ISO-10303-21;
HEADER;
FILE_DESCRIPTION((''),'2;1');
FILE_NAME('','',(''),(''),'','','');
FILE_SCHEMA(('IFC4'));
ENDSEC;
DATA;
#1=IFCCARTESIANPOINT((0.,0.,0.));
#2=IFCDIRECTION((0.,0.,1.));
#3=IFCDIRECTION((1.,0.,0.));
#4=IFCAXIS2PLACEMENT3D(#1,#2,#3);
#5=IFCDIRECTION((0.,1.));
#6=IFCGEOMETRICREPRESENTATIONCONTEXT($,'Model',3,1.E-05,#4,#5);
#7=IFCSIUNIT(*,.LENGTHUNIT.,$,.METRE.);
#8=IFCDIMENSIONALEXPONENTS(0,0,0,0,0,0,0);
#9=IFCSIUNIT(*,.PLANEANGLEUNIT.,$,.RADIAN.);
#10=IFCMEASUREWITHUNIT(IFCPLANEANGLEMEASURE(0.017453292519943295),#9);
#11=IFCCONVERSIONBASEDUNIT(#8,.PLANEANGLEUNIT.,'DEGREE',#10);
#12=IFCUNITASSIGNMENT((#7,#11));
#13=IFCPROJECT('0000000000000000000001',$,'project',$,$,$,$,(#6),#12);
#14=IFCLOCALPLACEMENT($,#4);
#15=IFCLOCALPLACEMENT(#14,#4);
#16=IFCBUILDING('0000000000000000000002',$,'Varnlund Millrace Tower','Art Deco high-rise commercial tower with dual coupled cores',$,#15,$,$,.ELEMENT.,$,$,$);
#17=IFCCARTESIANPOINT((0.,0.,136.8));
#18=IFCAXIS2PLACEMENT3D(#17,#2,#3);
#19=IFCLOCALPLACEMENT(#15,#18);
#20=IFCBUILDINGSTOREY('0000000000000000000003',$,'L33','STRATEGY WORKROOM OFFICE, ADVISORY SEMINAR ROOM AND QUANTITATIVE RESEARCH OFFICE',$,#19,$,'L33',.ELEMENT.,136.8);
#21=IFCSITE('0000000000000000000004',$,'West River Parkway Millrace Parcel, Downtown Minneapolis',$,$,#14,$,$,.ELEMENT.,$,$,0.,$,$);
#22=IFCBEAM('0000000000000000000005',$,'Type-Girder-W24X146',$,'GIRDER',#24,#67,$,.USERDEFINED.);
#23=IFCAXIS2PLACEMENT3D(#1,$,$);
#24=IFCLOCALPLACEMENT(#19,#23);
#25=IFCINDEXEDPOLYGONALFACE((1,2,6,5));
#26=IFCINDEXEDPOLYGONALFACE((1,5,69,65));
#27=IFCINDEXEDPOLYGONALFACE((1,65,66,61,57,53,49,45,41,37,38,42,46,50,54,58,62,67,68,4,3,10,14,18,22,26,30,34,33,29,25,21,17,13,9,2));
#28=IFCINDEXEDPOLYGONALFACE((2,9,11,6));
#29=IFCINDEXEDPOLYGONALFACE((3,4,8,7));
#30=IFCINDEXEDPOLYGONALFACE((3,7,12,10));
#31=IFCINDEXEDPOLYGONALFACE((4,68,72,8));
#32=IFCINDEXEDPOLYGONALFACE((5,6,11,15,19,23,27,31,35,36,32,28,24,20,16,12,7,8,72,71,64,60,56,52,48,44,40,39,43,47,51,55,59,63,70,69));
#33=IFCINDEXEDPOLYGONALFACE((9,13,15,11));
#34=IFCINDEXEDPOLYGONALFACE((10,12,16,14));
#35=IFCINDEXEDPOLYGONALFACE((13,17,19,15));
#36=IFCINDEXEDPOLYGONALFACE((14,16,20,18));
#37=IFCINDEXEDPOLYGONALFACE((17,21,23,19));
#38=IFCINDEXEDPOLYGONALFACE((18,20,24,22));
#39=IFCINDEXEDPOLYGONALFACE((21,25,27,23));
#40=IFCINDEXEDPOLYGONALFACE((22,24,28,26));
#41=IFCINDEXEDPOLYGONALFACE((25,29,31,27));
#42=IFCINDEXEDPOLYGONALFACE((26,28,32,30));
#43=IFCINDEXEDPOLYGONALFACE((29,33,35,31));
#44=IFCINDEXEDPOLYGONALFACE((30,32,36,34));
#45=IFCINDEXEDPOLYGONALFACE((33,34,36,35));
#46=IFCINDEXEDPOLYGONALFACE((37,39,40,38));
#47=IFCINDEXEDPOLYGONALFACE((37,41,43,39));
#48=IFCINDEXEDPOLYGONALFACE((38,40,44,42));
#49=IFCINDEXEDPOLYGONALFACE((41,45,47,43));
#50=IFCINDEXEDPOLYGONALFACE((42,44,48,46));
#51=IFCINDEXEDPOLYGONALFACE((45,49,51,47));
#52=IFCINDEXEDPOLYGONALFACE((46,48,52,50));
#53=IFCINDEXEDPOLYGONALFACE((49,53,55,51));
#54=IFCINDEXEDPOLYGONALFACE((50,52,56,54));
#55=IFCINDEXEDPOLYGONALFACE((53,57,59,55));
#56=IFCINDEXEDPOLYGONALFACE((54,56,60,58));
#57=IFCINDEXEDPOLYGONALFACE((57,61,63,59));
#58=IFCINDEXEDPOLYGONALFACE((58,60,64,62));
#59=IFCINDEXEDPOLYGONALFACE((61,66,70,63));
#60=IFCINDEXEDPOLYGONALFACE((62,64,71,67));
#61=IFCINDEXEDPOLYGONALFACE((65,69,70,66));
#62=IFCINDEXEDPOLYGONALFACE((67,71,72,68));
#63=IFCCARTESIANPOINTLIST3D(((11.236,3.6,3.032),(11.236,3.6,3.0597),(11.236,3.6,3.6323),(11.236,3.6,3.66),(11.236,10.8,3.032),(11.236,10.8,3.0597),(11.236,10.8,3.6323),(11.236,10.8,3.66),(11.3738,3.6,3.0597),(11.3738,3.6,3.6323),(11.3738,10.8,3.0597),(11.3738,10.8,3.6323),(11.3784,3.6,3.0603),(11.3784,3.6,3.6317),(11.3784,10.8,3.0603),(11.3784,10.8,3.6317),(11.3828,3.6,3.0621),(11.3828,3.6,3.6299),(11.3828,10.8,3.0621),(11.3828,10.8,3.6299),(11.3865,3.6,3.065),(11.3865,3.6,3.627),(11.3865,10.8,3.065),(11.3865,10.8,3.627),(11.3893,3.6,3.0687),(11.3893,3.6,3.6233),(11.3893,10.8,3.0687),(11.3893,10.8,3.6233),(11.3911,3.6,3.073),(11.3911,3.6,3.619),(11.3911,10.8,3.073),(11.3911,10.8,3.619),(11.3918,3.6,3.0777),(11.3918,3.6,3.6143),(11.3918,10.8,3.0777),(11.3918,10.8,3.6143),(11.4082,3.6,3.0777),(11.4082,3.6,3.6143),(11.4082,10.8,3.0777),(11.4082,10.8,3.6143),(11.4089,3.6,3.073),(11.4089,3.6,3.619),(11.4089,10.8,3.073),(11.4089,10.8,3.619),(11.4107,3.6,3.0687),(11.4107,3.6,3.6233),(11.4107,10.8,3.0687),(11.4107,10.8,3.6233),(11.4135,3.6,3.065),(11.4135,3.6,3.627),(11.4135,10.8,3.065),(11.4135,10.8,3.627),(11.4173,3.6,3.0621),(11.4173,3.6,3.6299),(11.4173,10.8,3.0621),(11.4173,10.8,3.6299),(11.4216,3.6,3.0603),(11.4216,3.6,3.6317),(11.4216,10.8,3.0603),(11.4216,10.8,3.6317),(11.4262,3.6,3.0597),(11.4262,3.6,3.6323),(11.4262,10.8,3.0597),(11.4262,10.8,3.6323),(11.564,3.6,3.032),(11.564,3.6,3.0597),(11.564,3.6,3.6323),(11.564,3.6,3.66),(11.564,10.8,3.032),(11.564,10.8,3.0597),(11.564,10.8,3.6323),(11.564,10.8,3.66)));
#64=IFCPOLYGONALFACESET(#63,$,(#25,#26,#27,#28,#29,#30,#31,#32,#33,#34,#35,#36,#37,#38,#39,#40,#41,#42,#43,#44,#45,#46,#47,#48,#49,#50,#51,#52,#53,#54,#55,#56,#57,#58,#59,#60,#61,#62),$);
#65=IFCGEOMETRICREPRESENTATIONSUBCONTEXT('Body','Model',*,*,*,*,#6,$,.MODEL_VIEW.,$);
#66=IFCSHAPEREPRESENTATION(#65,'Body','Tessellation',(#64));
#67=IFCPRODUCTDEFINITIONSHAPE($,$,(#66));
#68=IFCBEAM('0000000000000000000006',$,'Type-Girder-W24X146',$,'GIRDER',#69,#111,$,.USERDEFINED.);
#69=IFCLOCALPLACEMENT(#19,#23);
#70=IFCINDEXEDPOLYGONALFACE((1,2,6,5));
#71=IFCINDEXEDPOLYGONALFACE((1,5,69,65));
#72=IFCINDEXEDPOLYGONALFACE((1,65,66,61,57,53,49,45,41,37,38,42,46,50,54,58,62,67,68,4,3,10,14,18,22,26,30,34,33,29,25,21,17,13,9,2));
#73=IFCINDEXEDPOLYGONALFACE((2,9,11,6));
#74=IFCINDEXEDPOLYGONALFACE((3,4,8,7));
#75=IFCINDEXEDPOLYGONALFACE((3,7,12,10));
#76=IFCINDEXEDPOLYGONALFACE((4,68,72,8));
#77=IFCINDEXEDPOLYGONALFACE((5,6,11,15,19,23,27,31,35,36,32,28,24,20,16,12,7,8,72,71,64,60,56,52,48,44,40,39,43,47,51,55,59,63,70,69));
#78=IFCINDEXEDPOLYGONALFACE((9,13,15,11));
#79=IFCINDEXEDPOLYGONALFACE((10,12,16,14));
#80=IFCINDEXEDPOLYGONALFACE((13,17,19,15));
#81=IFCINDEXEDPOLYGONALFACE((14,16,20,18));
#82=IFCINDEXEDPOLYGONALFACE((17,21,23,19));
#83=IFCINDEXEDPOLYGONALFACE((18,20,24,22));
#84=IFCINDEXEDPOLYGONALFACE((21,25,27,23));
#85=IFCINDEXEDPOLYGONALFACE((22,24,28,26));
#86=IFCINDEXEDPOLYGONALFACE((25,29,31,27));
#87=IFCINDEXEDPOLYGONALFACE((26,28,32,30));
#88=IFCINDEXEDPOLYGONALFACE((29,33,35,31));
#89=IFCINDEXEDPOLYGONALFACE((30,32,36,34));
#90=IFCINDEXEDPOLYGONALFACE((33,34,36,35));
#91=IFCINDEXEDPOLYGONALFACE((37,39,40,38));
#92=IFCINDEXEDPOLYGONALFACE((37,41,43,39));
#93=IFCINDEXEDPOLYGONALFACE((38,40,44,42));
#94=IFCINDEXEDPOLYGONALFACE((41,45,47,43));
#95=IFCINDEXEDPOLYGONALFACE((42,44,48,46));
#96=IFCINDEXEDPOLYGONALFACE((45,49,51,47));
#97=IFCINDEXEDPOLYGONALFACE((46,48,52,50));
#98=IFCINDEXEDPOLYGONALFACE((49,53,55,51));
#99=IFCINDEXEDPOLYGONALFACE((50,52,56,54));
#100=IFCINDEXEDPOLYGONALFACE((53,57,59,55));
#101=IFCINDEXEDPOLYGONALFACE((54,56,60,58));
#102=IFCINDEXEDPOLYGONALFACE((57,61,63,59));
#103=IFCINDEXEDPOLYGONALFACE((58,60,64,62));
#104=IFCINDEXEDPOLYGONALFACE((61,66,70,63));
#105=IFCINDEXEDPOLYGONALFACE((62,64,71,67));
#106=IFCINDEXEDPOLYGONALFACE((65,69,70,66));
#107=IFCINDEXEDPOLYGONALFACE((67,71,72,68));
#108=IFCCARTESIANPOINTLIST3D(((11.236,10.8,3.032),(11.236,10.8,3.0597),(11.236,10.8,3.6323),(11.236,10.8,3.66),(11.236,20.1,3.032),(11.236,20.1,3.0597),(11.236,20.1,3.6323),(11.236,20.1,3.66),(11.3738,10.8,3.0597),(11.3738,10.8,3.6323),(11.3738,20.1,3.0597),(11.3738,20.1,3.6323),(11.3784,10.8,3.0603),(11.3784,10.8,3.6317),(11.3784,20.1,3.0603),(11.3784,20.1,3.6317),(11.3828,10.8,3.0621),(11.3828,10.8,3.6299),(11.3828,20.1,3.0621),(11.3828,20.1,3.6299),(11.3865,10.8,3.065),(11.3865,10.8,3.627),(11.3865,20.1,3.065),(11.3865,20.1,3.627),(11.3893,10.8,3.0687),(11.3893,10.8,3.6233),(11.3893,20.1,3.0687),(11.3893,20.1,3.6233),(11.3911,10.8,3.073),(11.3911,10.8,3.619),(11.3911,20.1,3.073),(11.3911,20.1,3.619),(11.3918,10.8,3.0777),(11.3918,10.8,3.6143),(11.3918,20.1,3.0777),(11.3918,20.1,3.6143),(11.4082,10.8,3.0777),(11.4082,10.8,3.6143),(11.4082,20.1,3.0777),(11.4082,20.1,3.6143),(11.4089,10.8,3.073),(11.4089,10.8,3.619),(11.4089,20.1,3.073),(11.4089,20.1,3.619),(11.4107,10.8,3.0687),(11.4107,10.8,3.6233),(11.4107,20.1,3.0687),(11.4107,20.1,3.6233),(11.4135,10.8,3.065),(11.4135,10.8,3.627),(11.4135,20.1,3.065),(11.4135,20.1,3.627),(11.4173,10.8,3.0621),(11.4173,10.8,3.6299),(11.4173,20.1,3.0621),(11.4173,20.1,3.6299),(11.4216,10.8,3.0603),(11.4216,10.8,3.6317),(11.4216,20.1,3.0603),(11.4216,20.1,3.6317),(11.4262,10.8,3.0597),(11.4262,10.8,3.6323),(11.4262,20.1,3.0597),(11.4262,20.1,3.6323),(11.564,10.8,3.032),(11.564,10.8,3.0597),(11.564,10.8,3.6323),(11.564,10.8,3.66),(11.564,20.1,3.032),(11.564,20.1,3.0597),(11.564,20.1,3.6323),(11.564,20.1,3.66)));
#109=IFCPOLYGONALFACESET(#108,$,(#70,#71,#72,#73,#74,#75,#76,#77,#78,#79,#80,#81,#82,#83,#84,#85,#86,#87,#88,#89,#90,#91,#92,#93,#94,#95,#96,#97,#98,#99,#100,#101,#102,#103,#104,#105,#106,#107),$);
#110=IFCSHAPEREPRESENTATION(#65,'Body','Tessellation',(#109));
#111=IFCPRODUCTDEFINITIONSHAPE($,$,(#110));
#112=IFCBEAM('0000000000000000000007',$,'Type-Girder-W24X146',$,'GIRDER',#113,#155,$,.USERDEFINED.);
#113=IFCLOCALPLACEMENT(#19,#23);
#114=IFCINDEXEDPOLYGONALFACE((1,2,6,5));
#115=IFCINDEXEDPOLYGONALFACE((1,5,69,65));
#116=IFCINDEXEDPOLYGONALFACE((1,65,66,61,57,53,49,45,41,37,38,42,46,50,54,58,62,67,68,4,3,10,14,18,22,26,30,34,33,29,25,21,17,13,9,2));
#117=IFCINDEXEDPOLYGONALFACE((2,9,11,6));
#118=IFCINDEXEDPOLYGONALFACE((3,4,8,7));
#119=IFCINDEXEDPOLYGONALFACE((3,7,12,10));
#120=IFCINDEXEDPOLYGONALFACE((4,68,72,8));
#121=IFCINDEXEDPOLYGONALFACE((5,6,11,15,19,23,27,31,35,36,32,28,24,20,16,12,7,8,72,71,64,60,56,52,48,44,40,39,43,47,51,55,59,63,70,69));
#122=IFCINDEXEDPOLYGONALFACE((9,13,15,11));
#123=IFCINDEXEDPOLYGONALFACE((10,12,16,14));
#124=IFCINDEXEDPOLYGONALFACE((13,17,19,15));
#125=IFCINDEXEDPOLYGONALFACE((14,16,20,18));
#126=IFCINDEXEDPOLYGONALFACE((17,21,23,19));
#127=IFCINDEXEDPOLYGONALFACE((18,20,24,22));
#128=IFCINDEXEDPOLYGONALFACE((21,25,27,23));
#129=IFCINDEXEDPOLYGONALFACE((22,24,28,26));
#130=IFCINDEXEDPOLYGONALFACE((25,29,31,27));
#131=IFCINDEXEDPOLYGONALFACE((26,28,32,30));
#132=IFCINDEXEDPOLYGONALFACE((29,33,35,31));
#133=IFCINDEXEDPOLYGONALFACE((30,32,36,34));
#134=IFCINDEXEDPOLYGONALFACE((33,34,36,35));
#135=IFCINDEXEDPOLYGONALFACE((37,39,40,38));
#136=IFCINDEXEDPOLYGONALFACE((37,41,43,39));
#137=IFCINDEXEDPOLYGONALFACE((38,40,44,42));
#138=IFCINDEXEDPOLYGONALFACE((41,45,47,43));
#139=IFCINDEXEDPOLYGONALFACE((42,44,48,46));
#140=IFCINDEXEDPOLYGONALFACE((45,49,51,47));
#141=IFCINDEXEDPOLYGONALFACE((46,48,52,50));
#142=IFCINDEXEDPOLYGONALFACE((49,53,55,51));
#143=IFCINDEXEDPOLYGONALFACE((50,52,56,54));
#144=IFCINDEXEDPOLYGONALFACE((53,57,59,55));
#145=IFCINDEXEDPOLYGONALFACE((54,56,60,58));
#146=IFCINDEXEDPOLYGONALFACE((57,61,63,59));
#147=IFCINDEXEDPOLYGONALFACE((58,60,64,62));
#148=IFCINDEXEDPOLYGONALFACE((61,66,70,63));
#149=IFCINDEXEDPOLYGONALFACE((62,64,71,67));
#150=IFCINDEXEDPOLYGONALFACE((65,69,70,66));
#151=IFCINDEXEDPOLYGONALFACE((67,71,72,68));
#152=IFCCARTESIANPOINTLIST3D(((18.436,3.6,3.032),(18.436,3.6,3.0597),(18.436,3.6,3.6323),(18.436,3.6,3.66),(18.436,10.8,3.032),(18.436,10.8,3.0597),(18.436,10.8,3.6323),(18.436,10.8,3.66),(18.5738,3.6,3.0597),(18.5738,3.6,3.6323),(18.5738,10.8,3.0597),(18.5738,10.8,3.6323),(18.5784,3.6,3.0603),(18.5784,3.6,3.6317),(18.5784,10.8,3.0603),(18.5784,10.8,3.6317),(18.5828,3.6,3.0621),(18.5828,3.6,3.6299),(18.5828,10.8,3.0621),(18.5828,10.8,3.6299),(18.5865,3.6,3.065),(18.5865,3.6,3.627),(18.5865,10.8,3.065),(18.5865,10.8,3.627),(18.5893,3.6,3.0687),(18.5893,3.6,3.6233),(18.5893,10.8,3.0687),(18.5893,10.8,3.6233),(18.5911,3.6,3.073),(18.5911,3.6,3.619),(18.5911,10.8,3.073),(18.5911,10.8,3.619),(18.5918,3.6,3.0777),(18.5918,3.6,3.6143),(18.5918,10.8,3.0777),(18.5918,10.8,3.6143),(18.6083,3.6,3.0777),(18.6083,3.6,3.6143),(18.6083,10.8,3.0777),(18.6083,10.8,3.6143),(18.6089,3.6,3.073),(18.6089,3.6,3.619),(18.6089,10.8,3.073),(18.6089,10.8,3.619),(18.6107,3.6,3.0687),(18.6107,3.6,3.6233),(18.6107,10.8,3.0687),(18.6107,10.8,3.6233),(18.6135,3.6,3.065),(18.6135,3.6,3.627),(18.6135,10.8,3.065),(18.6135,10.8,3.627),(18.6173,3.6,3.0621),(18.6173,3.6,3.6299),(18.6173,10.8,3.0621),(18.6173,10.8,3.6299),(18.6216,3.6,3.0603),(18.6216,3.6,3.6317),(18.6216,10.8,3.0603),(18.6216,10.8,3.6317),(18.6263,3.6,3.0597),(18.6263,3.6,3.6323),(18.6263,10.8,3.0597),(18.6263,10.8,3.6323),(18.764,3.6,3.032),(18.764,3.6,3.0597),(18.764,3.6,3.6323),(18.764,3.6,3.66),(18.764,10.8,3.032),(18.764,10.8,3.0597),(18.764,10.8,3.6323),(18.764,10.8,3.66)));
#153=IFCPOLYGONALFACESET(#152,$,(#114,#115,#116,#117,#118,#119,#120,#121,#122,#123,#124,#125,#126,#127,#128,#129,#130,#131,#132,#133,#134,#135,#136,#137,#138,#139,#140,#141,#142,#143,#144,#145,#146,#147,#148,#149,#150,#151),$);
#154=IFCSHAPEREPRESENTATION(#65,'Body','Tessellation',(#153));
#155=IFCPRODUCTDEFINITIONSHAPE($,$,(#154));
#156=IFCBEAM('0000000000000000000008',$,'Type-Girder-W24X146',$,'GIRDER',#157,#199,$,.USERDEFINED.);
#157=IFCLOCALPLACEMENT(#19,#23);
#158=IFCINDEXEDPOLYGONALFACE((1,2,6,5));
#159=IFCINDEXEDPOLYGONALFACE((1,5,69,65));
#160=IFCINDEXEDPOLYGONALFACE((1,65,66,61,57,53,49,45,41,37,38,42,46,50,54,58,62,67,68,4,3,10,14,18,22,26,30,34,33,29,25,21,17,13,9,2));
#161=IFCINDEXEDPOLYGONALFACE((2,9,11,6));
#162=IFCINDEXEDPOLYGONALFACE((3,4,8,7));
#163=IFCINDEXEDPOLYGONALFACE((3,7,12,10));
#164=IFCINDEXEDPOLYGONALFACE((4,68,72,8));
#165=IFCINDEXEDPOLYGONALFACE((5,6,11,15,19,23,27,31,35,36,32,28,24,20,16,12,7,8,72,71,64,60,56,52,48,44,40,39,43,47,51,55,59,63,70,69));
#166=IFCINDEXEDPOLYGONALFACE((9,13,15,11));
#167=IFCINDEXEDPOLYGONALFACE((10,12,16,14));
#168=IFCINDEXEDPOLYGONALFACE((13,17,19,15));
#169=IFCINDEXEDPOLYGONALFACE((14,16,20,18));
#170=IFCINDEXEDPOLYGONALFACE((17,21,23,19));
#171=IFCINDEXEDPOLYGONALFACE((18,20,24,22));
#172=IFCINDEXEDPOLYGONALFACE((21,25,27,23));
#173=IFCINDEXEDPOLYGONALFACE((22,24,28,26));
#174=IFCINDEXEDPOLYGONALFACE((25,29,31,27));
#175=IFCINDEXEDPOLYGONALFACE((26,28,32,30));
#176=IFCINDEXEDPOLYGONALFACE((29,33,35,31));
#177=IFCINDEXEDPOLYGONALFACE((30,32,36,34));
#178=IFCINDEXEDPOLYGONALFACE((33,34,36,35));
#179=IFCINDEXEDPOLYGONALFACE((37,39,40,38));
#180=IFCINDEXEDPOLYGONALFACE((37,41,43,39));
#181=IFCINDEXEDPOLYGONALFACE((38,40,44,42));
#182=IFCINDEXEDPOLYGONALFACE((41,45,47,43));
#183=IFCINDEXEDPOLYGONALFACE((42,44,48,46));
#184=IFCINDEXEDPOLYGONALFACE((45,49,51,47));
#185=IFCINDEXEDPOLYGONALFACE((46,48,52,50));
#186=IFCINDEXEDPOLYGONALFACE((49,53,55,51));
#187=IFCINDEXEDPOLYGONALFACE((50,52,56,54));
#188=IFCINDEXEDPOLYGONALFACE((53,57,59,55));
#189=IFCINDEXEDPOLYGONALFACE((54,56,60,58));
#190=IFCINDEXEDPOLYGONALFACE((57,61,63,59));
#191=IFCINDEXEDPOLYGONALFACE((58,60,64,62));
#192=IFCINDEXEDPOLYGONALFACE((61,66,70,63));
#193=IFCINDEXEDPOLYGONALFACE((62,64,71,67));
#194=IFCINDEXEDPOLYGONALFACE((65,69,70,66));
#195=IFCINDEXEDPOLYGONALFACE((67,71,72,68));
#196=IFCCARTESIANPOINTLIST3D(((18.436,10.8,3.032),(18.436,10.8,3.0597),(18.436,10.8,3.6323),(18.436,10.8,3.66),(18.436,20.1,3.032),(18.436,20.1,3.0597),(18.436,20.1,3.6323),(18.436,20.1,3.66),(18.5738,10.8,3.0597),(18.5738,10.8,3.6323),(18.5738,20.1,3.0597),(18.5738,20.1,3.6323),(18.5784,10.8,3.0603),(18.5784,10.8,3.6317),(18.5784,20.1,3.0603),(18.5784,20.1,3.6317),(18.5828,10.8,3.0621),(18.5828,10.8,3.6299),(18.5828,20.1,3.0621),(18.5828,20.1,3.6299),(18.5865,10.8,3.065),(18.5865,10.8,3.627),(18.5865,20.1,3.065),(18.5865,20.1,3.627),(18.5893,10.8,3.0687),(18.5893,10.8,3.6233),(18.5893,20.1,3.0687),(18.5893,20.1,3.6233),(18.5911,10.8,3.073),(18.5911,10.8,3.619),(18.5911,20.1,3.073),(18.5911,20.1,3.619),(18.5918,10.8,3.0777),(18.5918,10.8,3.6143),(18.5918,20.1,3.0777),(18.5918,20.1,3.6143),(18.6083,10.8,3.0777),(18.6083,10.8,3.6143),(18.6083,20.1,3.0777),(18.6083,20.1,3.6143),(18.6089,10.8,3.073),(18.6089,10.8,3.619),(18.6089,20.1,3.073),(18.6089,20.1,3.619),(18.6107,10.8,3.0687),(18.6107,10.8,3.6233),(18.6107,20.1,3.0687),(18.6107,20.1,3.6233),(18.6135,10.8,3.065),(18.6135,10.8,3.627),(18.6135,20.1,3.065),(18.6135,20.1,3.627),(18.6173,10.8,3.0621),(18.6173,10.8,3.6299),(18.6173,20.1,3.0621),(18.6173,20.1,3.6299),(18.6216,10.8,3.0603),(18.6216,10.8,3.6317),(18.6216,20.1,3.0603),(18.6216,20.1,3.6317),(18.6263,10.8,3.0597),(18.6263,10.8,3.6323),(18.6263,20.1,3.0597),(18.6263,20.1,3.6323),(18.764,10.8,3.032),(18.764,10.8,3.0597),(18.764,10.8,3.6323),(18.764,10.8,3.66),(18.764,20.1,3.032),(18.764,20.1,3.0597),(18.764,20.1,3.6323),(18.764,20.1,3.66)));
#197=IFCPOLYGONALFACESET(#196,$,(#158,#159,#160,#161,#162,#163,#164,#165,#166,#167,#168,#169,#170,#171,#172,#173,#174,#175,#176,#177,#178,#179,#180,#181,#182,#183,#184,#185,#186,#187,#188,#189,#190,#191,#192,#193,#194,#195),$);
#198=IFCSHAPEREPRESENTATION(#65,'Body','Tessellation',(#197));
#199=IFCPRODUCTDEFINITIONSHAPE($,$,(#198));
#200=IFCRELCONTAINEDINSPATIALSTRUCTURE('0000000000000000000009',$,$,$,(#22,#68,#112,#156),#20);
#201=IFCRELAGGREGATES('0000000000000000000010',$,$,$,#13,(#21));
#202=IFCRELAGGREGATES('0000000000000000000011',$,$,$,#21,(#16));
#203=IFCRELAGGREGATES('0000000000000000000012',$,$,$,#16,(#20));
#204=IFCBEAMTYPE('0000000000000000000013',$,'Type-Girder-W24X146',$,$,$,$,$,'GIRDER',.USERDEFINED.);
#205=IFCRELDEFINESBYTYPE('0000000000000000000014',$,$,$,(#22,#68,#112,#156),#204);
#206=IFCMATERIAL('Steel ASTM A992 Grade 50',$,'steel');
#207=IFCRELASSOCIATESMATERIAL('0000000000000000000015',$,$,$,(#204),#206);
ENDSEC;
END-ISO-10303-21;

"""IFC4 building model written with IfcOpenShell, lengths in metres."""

from ifc_helpers import new_model, entity, si_unit, converted_unit, direction, frame, origin_with_axes, origin_2d_with_axis, place, context, subcontext, project, spatial, i_section, extrude, material, material_profile, profile_set, type_object, element, save


model = new_model("IFC4")

# Units and contexts
model_context = context("Model", 3, precision=1e-05, world=origin_with_axes(), true_north=direction((0.0, 1.0)))
body_context = subcontext(model_context, "Body", "Model", "MODEL_VIEW")
ifc_project = project(units=[si_unit("LENGTHUNIT", "METRE"), converted_unit("PLANEANGLEUNIT", "DEGREE", entity("IfcPlaneAngleMeasure", 0.017453292519943295), si_unit("PLANEANGLEUNIT", "RADIAN"), dimensions=[0, 0, 0, 0, 0, 0, 0])], contexts=[model_context])

# Site, building, storey
site_placement = place(None, origin_with_axes())
site = spatial("IfcSite", under=ifc_project, at=site_placement, Name="West River Parkway Millrace Parcel, Downtown Minneapolis", CompositionType="ELEMENT", RefElevation=0.0)
building_placement = place(site_placement, origin_with_axes())
building = spatial("IfcBuilding", under=site, at=building_placement, Name="Varnlund Millrace Tower", Description="Art Deco high-rise commercial tower with dual coupled cores", CompositionType="ELEMENT")
storey_placement = place(building_placement, frame((0.0, 0.0, 136.8), z_axis=(0.0, 0.0, 1.0), x_axis=(1.0, 0.0, 0.0)))
storey = spatial("IfcBuildingStorey", under=building, at=storey_placement, Name="L33", Description="STRATEGY WORKROOM OFFICE, ADVISORY SEMINAR ROOM AND QUANTITATIVE RESEARCH OFFICE", LongName="L33", CompositionType="ELEMENT", Elevation=136.8)

# Beams
ifc_material_1 = material(Name="Steel ASTM A992 Grade 50", Category="steel")
ifc_material_profile_1 = material_profile(ifc_material_1, i_section(OverallWidth=0.328, OverallDepth=0.628, WebThickness=0.0165, FlangeThickness=0.0277, FilletRadius=0.018, at=origin_2d_with_axis()), Name="Steel ASTM A992 Grade 50")
ifc_profile_set_1 = profile_set([ifc_material_profile_1], Name="Steel ASTM A992 Grade 50")
beam_type_1 = type_object("IfcBeamType", Name="Type-Girder-W24X146", ElementType="GIRDER", PredefinedType="USERDEFINED", material=ifc_profile_set_1)
beam_1_placement = place(storey_placement, frame((11.4, 3.6, 3.346), z_axis=(0.0, 1.0, 0.0), x_axis=(-1.0, 0.0, 0.0)))
element("IfcBeam", 1, at=beam_1_placement, inside=storey, type_object=beam_type_1, Name="Type-Girder-W24X146", ObjectType="GIRDER", PredefinedType="USERDEFINED", context=body_context, shape_type="SweptSolid", body=[
    extrude(i_section(OverallWidth=0.328, OverallDepth=0.628, WebThickness=0.0165, FlangeThickness=0.0277, FilletRadius=0.018, at=origin_2d_with_axis()), origin_with_axes(), (0.0, 0.0, 1.0), 7.2),
])
beam_2_placement = place(storey_placement, frame((11.4, 10.8, 3.346), z_axis=(0.0, 1.0, 0.0), x_axis=(-1.0, 0.0, 0.0)))
element("IfcBeam", 2, at=beam_2_placement, inside=storey, type_object=beam_type_1, Name="Type-Girder-W24X146", ObjectType="GIRDER", PredefinedType="USERDEFINED", context=body_context, shape_type="SweptSolid", body=[
    extrude(i_section(OverallWidth=0.328, OverallDepth=0.628, WebThickness=0.0165, FlangeThickness=0.0277, FilletRadius=0.018, at=origin_2d_with_axis()), origin_with_axes(), (0.0, 0.0, 1.0), 9.3),
])
beam_3_placement = place(storey_placement, frame((18.6, 3.6, 3.346), z_axis=(0.0, 1.0, 0.0), x_axis=(-1.0, 0.0, 0.0)))
element("IfcBeam", 3, at=beam_3_placement, inside=storey, type_object=beam_type_1, Name="Type-Girder-W24X146", ObjectType="GIRDER", PredefinedType="USERDEFINED", context=body_context, shape_type="SweptSolid", body=[
    extrude(i_section(OverallWidth=0.328, OverallDepth=0.628, WebThickness=0.0165, FlangeThickness=0.0277, FilletRadius=0.018, at=origin_2d_with_axis()), origin_with_axes(), (0.0, 0.0, 1.0), 7.2),
])
beam_4_placement = place(storey_placement, frame((18.6, 10.8, 3.346), z_axis=(0.0, 1.0, 0.0), x_axis=(-1.0, 0.0, 0.0)))
element("IfcBeam", 4, at=beam_4_placement, inside=storey, type_object=beam_type_1, Name="Type-Girder-W24X146", ObjectType="GIRDER", PredefinedType="USERDEFINED", context=body_context, shape_type="SweptSolid", body=[
    extrude(i_section(OverallWidth=0.328, OverallDepth=0.628, WebThickness=0.0165, FlangeThickness=0.0277, FilletRadius=0.018, at=origin_2d_with_axis()), origin_with_axes(), (0.0, 0.0, 1.0), 9.3),
])

save(model, "model.ifc")
